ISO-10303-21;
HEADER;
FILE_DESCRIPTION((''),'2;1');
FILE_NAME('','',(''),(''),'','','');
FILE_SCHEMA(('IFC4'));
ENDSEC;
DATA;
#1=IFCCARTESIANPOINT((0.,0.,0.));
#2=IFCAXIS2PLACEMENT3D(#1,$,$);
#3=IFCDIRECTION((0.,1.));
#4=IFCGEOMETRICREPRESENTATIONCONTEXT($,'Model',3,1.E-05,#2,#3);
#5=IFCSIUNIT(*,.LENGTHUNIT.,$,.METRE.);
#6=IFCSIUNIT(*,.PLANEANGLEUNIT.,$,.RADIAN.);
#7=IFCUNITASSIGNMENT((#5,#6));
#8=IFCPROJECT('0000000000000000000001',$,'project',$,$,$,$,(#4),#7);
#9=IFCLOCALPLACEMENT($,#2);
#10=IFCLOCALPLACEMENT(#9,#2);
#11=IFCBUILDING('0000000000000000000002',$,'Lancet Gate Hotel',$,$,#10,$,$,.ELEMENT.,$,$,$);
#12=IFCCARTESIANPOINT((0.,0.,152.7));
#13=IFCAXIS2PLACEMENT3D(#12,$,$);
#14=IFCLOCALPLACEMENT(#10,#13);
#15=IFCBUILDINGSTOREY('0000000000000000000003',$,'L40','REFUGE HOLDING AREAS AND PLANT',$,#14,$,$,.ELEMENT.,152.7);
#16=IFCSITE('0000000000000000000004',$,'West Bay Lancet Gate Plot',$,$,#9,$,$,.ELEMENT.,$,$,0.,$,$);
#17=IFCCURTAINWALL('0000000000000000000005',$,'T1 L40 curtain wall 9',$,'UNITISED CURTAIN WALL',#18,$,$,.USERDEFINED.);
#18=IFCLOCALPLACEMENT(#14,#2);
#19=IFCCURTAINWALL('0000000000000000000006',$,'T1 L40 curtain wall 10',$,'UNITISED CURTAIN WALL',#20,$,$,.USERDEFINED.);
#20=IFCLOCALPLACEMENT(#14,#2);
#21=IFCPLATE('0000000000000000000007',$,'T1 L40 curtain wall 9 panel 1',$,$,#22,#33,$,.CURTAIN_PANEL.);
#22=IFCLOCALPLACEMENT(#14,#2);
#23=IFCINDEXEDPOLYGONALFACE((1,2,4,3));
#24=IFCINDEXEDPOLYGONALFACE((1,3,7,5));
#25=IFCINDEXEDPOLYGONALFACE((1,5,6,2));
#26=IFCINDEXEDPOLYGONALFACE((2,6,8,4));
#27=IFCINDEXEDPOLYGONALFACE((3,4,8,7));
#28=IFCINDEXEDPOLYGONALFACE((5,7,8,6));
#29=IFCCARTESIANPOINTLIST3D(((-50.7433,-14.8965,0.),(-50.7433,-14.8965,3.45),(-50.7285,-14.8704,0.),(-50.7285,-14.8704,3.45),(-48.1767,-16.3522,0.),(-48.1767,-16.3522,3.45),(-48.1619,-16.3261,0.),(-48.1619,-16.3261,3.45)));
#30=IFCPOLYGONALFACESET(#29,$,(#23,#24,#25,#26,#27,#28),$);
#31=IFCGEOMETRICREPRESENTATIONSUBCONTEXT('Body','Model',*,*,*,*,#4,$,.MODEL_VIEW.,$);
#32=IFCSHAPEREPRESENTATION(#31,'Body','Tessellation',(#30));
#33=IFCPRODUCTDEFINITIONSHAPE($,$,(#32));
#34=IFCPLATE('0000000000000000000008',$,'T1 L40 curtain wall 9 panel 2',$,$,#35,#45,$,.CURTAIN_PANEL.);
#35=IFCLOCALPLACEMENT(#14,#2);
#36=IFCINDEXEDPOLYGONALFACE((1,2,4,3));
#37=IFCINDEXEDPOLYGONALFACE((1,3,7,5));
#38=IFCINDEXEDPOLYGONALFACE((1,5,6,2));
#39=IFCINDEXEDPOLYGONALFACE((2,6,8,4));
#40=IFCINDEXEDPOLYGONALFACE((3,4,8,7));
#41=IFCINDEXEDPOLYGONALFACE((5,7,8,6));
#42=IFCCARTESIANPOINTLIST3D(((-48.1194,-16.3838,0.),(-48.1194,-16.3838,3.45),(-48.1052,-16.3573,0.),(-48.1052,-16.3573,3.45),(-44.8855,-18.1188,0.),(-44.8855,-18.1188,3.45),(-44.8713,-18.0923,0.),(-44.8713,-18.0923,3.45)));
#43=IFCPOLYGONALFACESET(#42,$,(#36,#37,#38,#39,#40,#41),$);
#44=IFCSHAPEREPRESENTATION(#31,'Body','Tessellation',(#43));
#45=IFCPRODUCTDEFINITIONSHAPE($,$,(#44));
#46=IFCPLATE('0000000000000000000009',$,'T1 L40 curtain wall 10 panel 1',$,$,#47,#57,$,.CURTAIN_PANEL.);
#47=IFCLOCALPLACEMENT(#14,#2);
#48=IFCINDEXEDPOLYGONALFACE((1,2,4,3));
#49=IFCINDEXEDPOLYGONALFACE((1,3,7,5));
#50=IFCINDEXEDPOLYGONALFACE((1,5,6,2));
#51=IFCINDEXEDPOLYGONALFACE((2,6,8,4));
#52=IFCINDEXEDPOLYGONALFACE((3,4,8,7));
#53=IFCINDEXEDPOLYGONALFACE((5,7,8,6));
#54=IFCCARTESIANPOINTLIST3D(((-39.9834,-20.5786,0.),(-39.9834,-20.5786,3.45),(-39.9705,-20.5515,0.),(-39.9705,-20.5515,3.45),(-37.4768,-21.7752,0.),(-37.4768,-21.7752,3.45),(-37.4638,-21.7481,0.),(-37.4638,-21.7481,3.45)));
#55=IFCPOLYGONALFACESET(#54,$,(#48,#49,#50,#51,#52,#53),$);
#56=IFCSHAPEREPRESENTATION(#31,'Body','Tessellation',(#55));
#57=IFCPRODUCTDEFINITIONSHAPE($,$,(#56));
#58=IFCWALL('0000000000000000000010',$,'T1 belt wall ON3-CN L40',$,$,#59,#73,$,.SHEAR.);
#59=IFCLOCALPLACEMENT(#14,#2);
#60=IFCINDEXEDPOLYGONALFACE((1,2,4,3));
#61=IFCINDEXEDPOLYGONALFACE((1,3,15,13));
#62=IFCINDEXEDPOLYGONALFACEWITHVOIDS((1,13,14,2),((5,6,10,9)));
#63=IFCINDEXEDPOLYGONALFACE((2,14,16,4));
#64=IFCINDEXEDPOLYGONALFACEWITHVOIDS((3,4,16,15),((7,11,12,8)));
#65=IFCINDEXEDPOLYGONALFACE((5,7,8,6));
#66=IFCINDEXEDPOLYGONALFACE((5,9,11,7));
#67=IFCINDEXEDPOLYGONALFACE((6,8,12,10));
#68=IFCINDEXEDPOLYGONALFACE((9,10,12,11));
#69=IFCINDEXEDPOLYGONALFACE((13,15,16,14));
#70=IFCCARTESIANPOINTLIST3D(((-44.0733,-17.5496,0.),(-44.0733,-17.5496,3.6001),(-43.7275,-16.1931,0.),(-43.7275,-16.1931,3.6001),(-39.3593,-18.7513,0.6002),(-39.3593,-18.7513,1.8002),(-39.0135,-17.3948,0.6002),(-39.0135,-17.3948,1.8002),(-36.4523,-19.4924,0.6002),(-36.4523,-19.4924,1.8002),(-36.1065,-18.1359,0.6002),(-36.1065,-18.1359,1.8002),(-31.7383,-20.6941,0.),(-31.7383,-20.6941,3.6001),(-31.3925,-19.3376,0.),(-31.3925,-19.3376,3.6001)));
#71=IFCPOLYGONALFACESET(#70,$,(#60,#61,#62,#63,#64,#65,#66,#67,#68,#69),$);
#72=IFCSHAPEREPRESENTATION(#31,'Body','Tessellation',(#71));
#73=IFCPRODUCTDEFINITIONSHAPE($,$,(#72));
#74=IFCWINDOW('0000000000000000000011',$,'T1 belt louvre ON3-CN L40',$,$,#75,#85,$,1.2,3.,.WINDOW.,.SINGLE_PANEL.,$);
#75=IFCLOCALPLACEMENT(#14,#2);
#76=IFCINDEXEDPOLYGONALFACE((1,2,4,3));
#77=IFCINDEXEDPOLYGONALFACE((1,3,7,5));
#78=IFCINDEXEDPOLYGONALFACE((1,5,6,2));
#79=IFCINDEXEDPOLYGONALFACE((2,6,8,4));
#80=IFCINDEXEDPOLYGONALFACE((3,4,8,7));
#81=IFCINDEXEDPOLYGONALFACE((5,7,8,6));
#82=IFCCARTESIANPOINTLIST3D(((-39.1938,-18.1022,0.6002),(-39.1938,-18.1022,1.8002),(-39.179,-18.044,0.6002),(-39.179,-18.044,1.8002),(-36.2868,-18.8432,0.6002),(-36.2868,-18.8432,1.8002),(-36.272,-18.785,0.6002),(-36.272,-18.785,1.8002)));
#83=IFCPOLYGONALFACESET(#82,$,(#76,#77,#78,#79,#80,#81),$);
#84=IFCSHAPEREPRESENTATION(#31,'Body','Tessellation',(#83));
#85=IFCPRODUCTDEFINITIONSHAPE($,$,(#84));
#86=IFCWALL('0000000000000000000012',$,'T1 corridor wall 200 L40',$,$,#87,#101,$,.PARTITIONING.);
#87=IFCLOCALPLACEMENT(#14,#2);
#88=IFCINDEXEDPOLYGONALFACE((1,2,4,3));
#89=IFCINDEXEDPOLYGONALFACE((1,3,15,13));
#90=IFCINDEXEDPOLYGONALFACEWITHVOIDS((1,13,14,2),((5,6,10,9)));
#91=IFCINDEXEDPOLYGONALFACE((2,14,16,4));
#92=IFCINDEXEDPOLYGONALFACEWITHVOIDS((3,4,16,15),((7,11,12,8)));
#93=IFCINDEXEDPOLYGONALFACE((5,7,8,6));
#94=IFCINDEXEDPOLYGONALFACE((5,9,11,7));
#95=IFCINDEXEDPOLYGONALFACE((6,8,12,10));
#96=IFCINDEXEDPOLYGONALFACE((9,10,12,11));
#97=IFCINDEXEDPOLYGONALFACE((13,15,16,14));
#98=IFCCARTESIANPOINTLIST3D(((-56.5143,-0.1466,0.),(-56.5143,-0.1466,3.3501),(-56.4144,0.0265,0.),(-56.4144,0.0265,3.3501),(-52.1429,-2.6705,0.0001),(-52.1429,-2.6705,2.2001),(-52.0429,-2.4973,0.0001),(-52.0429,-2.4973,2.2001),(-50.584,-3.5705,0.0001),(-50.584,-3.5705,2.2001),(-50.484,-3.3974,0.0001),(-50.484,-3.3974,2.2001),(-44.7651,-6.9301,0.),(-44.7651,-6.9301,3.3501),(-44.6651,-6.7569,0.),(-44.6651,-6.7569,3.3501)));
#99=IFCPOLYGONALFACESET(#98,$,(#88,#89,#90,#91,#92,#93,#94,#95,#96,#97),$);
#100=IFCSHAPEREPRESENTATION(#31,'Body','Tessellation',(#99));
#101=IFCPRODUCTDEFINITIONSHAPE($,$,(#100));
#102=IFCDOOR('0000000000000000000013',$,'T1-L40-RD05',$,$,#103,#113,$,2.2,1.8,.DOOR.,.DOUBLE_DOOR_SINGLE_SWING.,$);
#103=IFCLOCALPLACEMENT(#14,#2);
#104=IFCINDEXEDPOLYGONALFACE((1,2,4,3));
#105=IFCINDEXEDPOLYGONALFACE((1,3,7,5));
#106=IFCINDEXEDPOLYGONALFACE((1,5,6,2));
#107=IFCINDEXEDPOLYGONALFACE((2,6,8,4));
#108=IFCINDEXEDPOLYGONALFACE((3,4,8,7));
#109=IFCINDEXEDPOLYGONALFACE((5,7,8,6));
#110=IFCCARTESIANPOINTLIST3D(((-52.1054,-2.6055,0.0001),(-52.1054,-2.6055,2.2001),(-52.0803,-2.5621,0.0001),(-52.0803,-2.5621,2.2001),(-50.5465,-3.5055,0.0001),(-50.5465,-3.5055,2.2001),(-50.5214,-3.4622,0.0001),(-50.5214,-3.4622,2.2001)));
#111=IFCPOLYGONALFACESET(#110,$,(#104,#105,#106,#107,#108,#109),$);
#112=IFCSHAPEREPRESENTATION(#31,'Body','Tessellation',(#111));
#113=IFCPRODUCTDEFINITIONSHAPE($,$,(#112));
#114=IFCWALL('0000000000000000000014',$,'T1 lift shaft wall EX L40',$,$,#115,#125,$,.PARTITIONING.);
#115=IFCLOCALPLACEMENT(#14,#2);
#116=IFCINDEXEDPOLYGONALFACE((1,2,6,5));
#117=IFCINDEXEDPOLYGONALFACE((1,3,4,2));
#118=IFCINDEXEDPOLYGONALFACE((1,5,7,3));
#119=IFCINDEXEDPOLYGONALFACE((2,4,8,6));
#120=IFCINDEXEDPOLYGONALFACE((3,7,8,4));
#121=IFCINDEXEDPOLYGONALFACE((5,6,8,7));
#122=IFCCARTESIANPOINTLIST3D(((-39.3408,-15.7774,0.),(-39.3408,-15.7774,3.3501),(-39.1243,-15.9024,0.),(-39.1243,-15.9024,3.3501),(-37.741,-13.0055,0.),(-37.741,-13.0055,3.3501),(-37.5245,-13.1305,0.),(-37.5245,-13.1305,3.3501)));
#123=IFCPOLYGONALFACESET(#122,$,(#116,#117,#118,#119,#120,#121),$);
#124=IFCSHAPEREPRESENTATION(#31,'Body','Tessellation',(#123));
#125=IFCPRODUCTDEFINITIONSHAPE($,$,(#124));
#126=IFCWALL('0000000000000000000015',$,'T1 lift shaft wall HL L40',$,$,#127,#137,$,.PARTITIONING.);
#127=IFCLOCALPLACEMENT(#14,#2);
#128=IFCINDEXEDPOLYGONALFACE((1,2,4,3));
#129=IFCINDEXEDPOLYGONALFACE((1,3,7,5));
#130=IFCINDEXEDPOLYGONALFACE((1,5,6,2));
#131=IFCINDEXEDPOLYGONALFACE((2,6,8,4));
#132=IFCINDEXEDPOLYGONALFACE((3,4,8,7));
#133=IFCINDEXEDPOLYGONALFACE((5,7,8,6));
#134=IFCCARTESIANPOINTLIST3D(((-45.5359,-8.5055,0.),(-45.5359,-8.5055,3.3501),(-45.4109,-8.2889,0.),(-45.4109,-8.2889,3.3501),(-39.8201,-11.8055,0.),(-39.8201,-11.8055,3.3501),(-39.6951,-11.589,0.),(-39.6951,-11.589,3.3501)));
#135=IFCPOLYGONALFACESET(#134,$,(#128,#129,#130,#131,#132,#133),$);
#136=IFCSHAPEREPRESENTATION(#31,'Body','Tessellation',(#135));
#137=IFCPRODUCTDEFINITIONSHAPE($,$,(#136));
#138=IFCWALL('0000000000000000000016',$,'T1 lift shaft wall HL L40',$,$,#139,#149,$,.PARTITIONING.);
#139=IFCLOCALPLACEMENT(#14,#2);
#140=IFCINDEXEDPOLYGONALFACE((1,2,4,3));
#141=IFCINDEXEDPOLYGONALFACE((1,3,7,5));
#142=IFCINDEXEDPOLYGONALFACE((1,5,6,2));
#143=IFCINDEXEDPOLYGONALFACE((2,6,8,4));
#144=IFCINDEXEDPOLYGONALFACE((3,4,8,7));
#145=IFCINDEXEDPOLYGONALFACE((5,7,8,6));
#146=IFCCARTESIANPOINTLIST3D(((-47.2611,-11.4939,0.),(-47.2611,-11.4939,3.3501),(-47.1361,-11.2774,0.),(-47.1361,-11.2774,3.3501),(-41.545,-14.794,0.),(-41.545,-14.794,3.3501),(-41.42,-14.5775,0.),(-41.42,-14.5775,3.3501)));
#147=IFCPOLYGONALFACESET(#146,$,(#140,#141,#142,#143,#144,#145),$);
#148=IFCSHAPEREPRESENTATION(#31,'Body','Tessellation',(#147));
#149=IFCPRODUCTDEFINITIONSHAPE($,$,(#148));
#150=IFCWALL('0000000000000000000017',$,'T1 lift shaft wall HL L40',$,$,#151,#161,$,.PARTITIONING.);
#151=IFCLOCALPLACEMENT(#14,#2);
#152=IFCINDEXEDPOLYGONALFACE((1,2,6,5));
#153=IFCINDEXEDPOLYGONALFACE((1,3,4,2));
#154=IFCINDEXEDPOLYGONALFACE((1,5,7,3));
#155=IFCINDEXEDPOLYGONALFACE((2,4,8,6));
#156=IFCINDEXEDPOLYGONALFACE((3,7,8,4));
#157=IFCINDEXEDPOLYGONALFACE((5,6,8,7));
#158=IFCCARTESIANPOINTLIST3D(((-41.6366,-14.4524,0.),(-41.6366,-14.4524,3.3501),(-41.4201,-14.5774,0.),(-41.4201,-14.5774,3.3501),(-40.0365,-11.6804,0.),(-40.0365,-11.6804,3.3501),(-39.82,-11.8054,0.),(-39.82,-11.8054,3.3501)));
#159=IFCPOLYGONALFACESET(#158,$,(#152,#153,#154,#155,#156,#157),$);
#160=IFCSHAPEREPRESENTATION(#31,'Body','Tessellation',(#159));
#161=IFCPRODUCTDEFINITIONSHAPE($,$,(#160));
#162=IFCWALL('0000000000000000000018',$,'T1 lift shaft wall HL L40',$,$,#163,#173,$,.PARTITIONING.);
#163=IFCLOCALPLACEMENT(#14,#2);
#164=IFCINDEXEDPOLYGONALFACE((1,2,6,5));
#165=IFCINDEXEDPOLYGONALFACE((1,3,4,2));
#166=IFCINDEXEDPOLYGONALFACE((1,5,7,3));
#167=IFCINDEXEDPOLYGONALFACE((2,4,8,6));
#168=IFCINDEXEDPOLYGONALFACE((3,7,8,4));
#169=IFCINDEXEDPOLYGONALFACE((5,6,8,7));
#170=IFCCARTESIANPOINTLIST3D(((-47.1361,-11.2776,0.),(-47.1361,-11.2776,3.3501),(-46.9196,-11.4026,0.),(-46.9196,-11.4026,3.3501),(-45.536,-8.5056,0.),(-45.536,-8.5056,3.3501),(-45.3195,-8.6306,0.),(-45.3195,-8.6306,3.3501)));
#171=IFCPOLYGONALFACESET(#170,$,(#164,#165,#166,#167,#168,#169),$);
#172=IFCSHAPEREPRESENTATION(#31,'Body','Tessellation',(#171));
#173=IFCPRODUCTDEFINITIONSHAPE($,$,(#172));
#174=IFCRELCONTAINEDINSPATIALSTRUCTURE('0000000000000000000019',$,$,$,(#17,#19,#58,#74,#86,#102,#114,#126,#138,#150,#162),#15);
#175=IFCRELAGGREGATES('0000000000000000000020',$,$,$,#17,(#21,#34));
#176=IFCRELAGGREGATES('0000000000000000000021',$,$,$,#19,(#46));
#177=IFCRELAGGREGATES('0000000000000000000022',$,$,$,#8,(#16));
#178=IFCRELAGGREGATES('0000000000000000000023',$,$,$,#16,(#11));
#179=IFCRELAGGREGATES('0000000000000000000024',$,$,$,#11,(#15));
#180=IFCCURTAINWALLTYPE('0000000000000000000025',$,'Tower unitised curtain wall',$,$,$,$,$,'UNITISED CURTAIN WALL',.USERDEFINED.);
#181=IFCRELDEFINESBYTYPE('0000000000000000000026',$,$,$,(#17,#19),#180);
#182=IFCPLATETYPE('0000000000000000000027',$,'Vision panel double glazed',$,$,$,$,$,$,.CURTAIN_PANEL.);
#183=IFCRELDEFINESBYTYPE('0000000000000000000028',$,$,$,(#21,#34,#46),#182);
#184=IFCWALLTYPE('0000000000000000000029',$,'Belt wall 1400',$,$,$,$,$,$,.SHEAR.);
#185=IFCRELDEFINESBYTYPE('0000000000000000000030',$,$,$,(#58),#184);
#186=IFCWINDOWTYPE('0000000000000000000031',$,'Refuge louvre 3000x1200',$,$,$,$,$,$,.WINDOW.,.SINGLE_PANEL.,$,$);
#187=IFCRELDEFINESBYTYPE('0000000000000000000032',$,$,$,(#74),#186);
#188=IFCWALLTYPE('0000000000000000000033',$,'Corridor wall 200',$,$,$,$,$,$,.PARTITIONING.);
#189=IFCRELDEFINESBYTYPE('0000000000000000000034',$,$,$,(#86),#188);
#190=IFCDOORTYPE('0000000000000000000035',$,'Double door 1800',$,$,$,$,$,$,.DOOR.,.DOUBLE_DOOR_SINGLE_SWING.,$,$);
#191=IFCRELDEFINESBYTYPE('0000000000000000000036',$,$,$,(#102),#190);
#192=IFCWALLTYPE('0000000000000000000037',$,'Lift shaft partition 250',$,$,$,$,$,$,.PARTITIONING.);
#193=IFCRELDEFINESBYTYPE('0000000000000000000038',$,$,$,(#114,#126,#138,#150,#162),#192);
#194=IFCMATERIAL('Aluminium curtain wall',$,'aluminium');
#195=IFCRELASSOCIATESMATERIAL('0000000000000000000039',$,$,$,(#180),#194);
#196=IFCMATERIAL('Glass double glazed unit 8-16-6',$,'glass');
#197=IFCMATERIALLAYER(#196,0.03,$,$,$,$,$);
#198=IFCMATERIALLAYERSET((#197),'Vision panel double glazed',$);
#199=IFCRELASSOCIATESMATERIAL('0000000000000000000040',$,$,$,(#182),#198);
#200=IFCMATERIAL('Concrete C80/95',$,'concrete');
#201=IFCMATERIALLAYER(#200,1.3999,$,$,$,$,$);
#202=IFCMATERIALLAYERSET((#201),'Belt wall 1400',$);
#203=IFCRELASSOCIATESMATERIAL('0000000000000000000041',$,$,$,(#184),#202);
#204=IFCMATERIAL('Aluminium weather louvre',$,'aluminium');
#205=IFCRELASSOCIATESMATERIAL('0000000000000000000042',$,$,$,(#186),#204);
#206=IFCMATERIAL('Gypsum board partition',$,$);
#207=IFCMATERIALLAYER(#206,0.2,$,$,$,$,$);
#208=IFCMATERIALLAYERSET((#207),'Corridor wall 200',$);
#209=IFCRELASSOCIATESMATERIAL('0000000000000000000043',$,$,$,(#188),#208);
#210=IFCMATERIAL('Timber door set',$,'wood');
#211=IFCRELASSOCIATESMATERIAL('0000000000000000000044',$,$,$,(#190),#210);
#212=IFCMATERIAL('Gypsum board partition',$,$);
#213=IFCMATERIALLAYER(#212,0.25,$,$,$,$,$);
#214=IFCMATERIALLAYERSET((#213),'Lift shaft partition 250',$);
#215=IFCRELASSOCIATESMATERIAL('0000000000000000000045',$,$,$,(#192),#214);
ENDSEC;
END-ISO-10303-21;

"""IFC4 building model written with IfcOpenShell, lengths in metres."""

from ifc_helpers import new_model, si_unit, direction, frame, frame_2d, origin, origin_2d, place, context, subcontext, project, spatial, rectangle, extrude, material, layer, layer_set, type_object, element, fill, aggregate, save


model = new_model("IFC4")

# Units and contexts
model_context = context("Model", 3, precision=1e-05, world=origin(), true_north=direction((0.0, 1.0)))
body_context = subcontext(model_context, "Body", "Model", "MODEL_VIEW")
ifc_project = project(units=[si_unit("LENGTHUNIT", "METRE"), si_unit("PLANEANGLEUNIT", "RADIAN")], contexts=[model_context])

# Site, building, storey
site_placement = place(None, origin())
site = spatial("IfcSite", under=ifc_project, at=site_placement, Name="West Bay Lancet Gate Plot", CompositionType="ELEMENT", RefElevation=0.0)
building_placement = place(site_placement, origin())
building = spatial("IfcBuilding", under=site, at=building_placement, Name="Lancet Gate Hotel", CompositionType="ELEMENT")
storey_placement = place(building_placement, frame((0.0, 0.0, 152.7)))
storey = spatial("IfcBuildingStorey", under=building, at=storey_placement, Name="L40", Description="REFUGE HOLDING AREAS AND PLANT", CompositionType="ELEMENT", Elevation=152.7)

# Curtain wall
ifc_material_1 = material(Name="Aluminium curtain wall", Category="aluminium")
curtain_wall_type = type_object("IfcCurtainWallType", Name="Tower unitised curtain wall", ElementType="UNITISED CURTAIN WALL", PredefinedType="USERDEFINED", material=ifc_material_1)
curtain_wall_1_placement = place(storey_placement, origin())
curtain_wall_1 = element("IfcCurtainWall", 1, at=curtain_wall_1_placement, inside=storey, type_object=curtain_wall_type, Name="T1 L40 curtain wall 9", ObjectType="UNITISED CURTAIN WALL", PredefinedType="USERDEFINED")

# Curtain wall
curtain_wall_2_placement = place(storey_placement, origin())
curtain_wall_2 = element("IfcCurtainWall", 2, at=curtain_wall_2_placement, inside=storey, type_object=curtain_wall_type, Name="T1 L40 curtain wall 10", ObjectType="UNITISED CURTAIN WALL", PredefinedType="USERDEFINED")

# Plates
ifc_material_2 = material(Name="Glass double glazed unit 8-16-6", Category="glass")
ifc_layer_1 = layer(ifc_material_2, 0.03)
ifc_layer_set_1 = layer_set([ifc_layer_1], Name="Vision panel double glazed")
plate_type = type_object("IfcPlateType", Name="Vision panel double glazed", PredefinedType="CURTAIN_PANEL", material=ifc_layer_set_1)
plate_1_placement = place(storey_placement, frame((-49.4526, -15.6113, 0.0), z_axis=(0.0, 0.0, 1.0), x_axis=(0.869831, -0.493349, 0.0)))
plate_1 = element("IfcPlate", 3, at=plate_1_placement, type_object=plate_type, Name="T1 L40 curtain wall 9 panel 1", PredefinedType="CURTAIN_PANEL", context=body_context, shape_type="SweptSolid", body=[
    extrude(rectangle(XDim=2.9507, YDim=0.03, at=origin_2d()), origin(), (0.0, 0.0, 1.0), 3.45),
])
plate_2_placement = place(storey_placement, frame((-46.4954, -17.238, 0.0), z_axis=(0.0, 0.0, 1.0), x_axis=(0.881195, -0.472753, 0.0)))
plate_2 = element("IfcPlate", 4, at=plate_2_placement, type_object=plate_type, Name="T1 L40 curtain wall 9 panel 2", PredefinedType="CURTAIN_PANEL", context=body_context, shape_type="SweptSolid", body=[
    extrude(rectangle(XDim=3.6699, YDim=0.03, at=origin_2d()), origin(), (0.0, 0.0, 1.0), 3.45),
])
aggregate(curtain_wall_1, [plate_1, plate_2])
plate_3_placement = place(storey_placement, frame((-38.7236, -21.1633, 0.0), z_axis=(0.0, 0.0, 1.0), x_axis=(0.902454, -0.430787, 0.0)))
plate_3 = element("IfcPlate", 5, at=plate_3_placement, type_object=plate_type, Name="T1 L40 curtain wall 10 panel 1", PredefinedType="CURTAIN_PANEL", context=body_context, shape_type="SweptSolid", body=[
    extrude(rectangle(XDim=2.7776, YDim=0.03, at=origin_2d()), origin(), (0.0, 0.0, 1.0), 3.45),
])
aggregate(curtain_wall_2, [plate_3])

# Wall, opening, window
ifc_material_3 = material(Name="Concrete C80/95", Category="concrete")
ifc_layer_2 = layer(ifc_material_3, 1.3999)
ifc_layer_set_2 = layer_set([ifc_layer_2], Name="Belt wall 1400")
wall_type_1 = type_object("IfcWallType", Name="Belt wall 1400", PredefinedType="SHEAR", material=ifc_layer_set_2)
wall_1_placement = place(storey_placement, frame((-43.9004, -16.8713, 0.0), z_axis=(0.0, 0.0, 1.0), x_axis=(0.969008, -0.247028, 0.0)))
wall_1 = element("IfcWall", 6, at=wall_1_placement, inside=storey, type_object=wall_type_1, Name="T1 belt wall ON3-CN L40", PredefinedType="SHEAR", context=body_context, shape_type="SweptSolid", body=[
    extrude(rectangle(XDim=12.7295, YDim=1.3999, at=frame_2d((6.3647, 0.0))), origin(), (0.0, 0.0, 1.0), 3.6001),
])
opening_1_placement = place(wall_1_placement, frame((4.8647, 0.0, 0.6001)))
opening_1 = element("IfcOpeningElement", 7, at=opening_1_placement, cuts=wall_1, PredefinedType="OPENING", context=body_context, shape_type="SweptSolid", body=[
    extrude(rectangle(XDim=3.0, YDim=1.2, at=frame_2d((1.5, 0.6001))), frame((0.0, 0.71, 0.0), z_axis=(0.0, -1.0, 0.0), x_axis=(1.0, 0.0, 0.0)), (0.0, 0.0, 1.0), 1.4199),
])
ifc_material_4 = material(Name="Aluminium weather louvre", Category="aluminium")
window_type = type_object("IfcWindowType", Name="Refuge louvre 3000x1200", PartitioningType="SINGLE_PANEL", PredefinedType="WINDOW", material=ifc_material_4)
window_placement = place(opening_1_placement, origin())
window = element("IfcWindow", 8, at=window_placement, inside=storey, type_object=window_type, Name="T1 belt louvre ON3-CN L40", OverallHeight=1.2, OverallWidth=3.0, PartitioningType="SINGLE_PANEL", PredefinedType="WINDOW", context=body_context, shape_type="SweptSolid", body=[
    extrude(rectangle(XDim=3.0, YDim=1.2, at=frame_2d((1.5, 0.6001))), frame((0.0, 0.03, 0.0), z_axis=(0.0, -1.0, 0.0), x_axis=(1.0, 0.0, 0.0)), (0.0, 0.0, 1.0), 0.0601),
])
fill(opening_1, window)

# Wall, opening, door
ifc_material_5 = material(Name="Gypsum board partition")
ifc_layer_3 = layer(ifc_material_5, 0.2)
ifc_layer_set_3 = layer_set([ifc_layer_3], Name="Corridor wall 200")
wall_type_2 = type_object("IfcWallType", Name="Corridor wall 200", PredefinedType="PARTITIONING", material=ifc_layer_set_3)
wall_2_placement = place(storey_placement, frame((-44.7151, -6.8435, 0.0), z_axis=(0.0, 0.0, 1.0), x_axis=(-0.866025, 0.5, 0.0)))
wall_2 = element("IfcWall", 9, at=wall_2_placement, inside=storey, type_object=wall_type_2, Name="T1 corridor wall 200 L40", PredefinedType="PARTITIONING", context=body_context, shape_type="SweptSolid", body=[
    extrude(rectangle(XDim=13.5669, YDim=0.2, at=frame_2d((6.7834, 0.0))), origin(), (0.0, 0.0, 1.0), 3.3501),
])
opening_2_placement = place(wall_2_placement, frame((6.7192, 0.0, 0.0)))
opening_2 = element("IfcOpeningElement", 10, at=opening_2_placement, cuts=wall_2, PredefinedType="OPENING", context=body_context, shape_type="SweptSolid", body=[
    extrude(rectangle(XDim=1.8, YDim=2.2, at=frame_2d((0.8999, 1.1001))), frame((0.0, 0.1099, 0.0), z_axis=(0.0, -1.0, 0.0), x_axis=(1.0, 0.0, 0.0)), (0.0, 0.0, 1.0), 0.22),
])
ifc_material_6 = material(Name="Timber door set", Category="wood")
door_type_1 = type_object("IfcDoorType", Name="Double door 1800", OperationType="DOUBLE_DOOR_SINGLE_SWING", PredefinedType="DOOR", material=ifc_material_6)
door_1_placement = place(opening_2_placement, origin())
door_1 = element("IfcDoor", 11, at=door_1_placement, inside=storey, type_object=door_type_1, Name="T1-L40-RD05", OperationType="DOUBLE_DOOR_SINGLE_SWING", OverallHeight=2.2, OverallWidth=1.8, PredefinedType="DOOR", context=body_context, shape_type="SweptSolid", body=[
    extrude(rectangle(XDim=1.8, YDim=2.2, at=frame_2d((0.8999, 1.1001))), frame((0.0, 0.0249, 0.0), z_axis=(0.0, -1.0, 0.0), x_axis=(1.0, 0.0, 0.0)), (0.0, 0.0, 1.0), 0.05),
])
fill(opening_2, door_1)

# Walls
ifc_material_7 = material(Name="Gypsum board partition")
ifc_layer_4 = layer(ifc_material_7, 0.25)
ifc_layer_set_4 = layer_set([ifc_layer_4], Name="Lift shaft partition 250")
wall_type_3 = type_object("IfcWallType", Name="Lift shaft partition 250", PredefinedType="PARTITIONING", material=ifc_layer_set_4)
wall_3_placement = place(storey_placement, frame((-37.6328, -13.0681, 0.0), z_axis=(0.0, 0.0, 1.0), x_axis=(-0.499872, -0.866099, 0.0)))
element("IfcWall", 12, at=wall_3_placement, inside=storey, type_object=wall_type_3, Name="T1 lift shaft wall EX L40", PredefinedType="PARTITIONING", context=body_context, shape_type="SweptSolid", body=[
    extrude(rectangle(XDim=3.2004, YDim=0.25, at=frame_2d((1.6001, 0.0))), origin(), (0.0, 0.0, 1.0), 3.3501),
])
wall_4_placement = place(storey_placement, frame((-39.7576, -11.6973, 0.0), z_axis=(0.0, 0.0, 1.0), x_axis=(-0.866024, 0.500002, 0.0)))
element("IfcWall", 13, at=wall_4_placement, inside=storey, type_object=wall_type_3, Name="T1 lift shaft wall HL L40", PredefinedType="PARTITIONING", context=body_context, shape_type="SweptSolid", body=[
    extrude(rectangle(XDim=6.6001, YDim=0.25, at=frame_2d((3.3, 0.0))), origin(), (0.0, 0.0, 1.0), 3.3501),
])
wall_5_placement = place(storey_placement, frame((-41.4824, -14.6858, 0.0), z_axis=(0.0, 0.0, 1.0), x_axis=(-0.866033, 0.499986, 0.0)))
element("IfcWall", 14, at=wall_5_placement, inside=storey, type_object=wall_type_3, Name="T1 lift shaft wall HL L40", PredefinedType="PARTITIONING", context=body_context, shape_type="SweptSolid", body=[
    extrude(rectangle(XDim=6.6003, YDim=0.25, at=frame_2d((3.3003, 0.0))), origin(), (0.0, 0.0, 1.0), 3.3501),
])
for number, where, z_axis, x_axis, name in (
    (15, (-39.9282, -11.7429, 0.0), (0.0, 0.0, 1.0), (-0.499929, -0.866066, 0.0), "T1 lift shaft wall HL L40"),
    (16, (-45.4277, -8.5681, 0.0), (0.0, 0.0, 1.0), (-0.499929, -0.866066, 0.0), "T1 lift shaft wall HL L40"),
):
    element("IfcWall", number, at=place(storey_placement, frame(where, z_axis=z_axis, x_axis=x_axis)), inside=storey, type_object=wall_type_3, Name=name, PredefinedType="PARTITIONING", context=body_context, shape_type="SweptSolid", body=[
        extrude(rectangle(XDim=3.2007, YDim=0.25, at=frame_2d((1.6003, 0.0))), origin(), (0.0, 0.0, 1.0), 3.3501),
    ])

save(model, "model.ifc")
